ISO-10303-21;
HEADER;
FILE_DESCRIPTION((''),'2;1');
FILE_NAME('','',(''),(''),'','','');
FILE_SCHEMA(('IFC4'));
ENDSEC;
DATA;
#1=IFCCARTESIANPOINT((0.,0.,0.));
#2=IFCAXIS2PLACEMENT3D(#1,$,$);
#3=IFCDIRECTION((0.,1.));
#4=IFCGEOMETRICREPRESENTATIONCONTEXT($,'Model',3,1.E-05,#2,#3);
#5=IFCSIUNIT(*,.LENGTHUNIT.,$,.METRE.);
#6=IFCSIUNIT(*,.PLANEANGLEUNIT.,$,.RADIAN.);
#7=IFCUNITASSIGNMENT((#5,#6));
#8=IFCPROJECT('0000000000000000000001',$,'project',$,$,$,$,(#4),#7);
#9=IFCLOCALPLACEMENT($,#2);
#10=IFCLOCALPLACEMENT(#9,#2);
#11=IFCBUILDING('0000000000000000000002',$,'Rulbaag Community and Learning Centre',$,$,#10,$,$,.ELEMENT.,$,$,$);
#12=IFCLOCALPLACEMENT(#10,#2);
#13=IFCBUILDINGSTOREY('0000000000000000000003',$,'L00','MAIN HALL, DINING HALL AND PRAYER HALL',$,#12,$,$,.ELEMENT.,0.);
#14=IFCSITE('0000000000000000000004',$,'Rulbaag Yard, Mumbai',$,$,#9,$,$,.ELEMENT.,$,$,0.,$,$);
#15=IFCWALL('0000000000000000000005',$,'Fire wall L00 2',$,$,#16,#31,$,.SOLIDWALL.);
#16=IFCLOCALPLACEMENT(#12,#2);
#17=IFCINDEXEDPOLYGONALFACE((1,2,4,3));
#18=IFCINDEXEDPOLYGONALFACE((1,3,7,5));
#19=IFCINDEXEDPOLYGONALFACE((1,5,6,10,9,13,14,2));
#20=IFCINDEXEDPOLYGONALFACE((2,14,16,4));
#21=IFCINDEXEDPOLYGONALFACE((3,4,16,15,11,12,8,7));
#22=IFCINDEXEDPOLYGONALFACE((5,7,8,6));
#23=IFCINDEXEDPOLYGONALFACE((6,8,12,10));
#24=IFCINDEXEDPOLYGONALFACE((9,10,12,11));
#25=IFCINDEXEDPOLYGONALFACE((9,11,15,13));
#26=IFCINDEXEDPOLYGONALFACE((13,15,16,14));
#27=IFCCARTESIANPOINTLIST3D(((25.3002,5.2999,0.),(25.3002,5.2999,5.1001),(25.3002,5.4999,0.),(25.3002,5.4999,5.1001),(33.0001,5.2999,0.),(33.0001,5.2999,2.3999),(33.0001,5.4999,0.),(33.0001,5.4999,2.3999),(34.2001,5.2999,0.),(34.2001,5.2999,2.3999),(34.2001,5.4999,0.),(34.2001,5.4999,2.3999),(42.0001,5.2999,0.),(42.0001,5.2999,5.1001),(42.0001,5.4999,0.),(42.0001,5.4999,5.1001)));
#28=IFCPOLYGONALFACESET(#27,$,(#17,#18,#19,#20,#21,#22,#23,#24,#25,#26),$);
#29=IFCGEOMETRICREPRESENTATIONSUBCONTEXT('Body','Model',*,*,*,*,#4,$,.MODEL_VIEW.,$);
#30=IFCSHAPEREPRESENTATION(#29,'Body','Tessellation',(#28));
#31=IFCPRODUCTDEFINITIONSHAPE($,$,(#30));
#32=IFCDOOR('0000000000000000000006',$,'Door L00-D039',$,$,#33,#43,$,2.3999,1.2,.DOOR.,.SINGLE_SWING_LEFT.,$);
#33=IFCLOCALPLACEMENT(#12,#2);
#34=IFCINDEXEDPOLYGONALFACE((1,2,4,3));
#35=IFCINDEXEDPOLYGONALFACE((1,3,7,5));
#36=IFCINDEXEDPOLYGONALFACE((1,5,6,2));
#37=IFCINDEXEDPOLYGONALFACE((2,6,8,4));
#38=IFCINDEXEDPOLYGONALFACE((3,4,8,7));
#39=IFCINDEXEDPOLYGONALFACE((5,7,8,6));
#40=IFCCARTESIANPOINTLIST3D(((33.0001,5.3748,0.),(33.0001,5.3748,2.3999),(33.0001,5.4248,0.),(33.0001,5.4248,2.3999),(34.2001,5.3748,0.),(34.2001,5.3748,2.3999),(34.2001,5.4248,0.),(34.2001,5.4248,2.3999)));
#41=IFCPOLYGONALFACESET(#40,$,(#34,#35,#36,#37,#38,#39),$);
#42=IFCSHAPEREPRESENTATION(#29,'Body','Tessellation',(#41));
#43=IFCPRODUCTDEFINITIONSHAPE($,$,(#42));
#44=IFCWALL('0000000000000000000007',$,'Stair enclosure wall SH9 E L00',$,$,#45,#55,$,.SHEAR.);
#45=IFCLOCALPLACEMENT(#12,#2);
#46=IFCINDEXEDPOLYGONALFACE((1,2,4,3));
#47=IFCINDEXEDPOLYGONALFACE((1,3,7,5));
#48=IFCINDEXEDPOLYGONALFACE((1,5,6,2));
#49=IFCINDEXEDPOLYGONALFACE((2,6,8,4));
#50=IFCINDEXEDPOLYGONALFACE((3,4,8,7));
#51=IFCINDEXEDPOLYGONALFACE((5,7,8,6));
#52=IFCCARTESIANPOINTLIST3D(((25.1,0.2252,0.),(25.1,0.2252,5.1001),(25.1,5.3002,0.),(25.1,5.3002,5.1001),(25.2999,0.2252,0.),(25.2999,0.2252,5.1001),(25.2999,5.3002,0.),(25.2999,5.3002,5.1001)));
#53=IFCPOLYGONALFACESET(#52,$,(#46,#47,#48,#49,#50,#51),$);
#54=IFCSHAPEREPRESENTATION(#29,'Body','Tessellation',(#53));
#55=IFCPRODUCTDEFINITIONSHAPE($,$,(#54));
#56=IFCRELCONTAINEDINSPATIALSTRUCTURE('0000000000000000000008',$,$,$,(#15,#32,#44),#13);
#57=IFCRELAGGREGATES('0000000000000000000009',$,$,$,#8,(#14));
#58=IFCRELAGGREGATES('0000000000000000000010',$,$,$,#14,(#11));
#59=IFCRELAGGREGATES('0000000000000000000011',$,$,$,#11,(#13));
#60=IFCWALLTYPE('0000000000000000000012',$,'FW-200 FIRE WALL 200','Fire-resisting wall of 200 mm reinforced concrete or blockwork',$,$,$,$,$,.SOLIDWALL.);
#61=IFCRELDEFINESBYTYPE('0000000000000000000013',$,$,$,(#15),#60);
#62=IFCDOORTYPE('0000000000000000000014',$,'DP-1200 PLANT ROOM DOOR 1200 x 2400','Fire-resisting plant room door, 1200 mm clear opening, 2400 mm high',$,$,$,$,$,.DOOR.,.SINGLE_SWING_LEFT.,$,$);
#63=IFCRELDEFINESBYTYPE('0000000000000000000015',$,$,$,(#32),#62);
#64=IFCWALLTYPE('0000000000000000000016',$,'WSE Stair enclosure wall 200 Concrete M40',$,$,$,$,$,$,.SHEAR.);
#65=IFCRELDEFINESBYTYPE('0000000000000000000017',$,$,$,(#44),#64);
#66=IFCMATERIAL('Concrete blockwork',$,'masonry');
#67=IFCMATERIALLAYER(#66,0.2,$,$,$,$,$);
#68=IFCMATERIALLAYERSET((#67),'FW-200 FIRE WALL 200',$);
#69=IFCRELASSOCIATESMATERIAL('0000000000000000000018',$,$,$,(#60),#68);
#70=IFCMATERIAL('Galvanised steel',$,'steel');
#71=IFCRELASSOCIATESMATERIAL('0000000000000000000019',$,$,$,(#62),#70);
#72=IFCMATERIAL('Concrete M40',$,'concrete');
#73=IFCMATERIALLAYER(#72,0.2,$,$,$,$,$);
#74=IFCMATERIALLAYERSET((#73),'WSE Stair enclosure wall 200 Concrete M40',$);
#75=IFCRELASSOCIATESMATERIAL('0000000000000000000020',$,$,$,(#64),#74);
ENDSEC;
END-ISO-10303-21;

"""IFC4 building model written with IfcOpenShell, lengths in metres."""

from ifc_helpers import new_model, si_unit, direction, frame, frame_2d, origin, place, context, subcontext, project, spatial, rectangle, extrude, material, layer, layer_set, type_object, element, fill, save


model = new_model("IFC4")

# Units and contexts
model_context = context("Model", 3, precision=1e-05, world=origin(), true_north=direction((0.0, 1.0)))
body_context = subcontext(model_context, "Body", "Model", "MODEL_VIEW")
ifc_project = project(units=[si_unit("LENGTHUNIT", "METRE"), si_unit("PLANEANGLEUNIT", "RADIAN")], contexts=[model_context])

# Site, building, storey
site_placement = place(None, origin())
site = spatial("IfcSite", under=ifc_project, at=site_placement, Name="Rulbaag Yard, Mumbai", CompositionType="ELEMENT", RefElevation=0.0)
building_placement = place(site_placement, origin())
building = spatial("IfcBuilding", under=site, at=building_placement, Name="Rulbaag Community and Learning Centre", CompositionType="ELEMENT")
storey_placement = place(building_placement, origin())
storey = spatial("IfcBuildingStorey", under=building, at=storey_placement, Name="L00", Description="MAIN HALL, DINING HALL AND PRAYER HALL", CompositionType="ELEMENT", Elevation=0.0)

# Shared definitions
ifc_material_1 = material(Name="Concrete M40", Category="concrete")

# Wall, opening, door
ifc_material_2 = material(Name="Concrete blockwork", Category="masonry")
ifc_layer_1 = layer(ifc_material_2, 0.2)
ifc_layer_set_1 = layer_set([ifc_layer_1], Name="FW-200 FIRE WALL 200")
wall_type_1 = type_object("IfcWallType", Name="FW-200 FIRE WALL 200", Description="Fire-resisting wall of 200 mm reinforced concrete or blockwork", PredefinedType="SOLIDWALL", material=ifc_layer_set_1)
wall_1_placement = place(storey_placement, frame((25.3, 5.3999, 0.0), z_axis=(0.0, 0.0, 1.0), x_axis=(1.0, 0.0, 0.0)))
wall_1 = element("IfcWall", 1, at=wall_1_placement, inside=storey, type_object=wall_type_1, Name="Fire wall L00 2", PredefinedType="SOLIDWALL", context=body_context, shape_type="SweptSolid", body=[
    extrude(rectangle(XDim=16.7, YDim=0.2, at=frame_2d((8.3501, 0.0))), origin(), (0.0, 0.0, 1.0), 5.1001),
])
opening_placement = place(wall_1_placement, frame((7.7, 0.0, 0.0)))
opening = element("IfcOpeningElement", 2, at=opening_placement, cuts=wall_1, PredefinedType="OPENING", context=body_context, shape_type="SweptSolid", body=[
    extrude(rectangle(XDim=1.2, YDim=2.3999, at=frame_2d((0.6001, 1.2))), frame((0.0, 0.1099, 0.0), z_axis=(0.0, -1.0, 0.0), x_axis=(1.0, 0.0, 0.0)), (0.0, 0.0, 1.0), 0.22),
])
ifc_material_3 = material(Name="Galvanised steel", Category="steel")
door_type = type_object("IfcDoorType", Name="DP-1200 PLANT ROOM DOOR 1200 x 2400", Description="Fire-resisting plant room door, 1200 mm clear opening, 2400 mm high", OperationType="SINGLE_SWING_LEFT", PredefinedType="DOOR", material=ifc_material_3)
door_placement = place(opening_placement, origin())
door = element("IfcDoor", 3, at=door_placement, inside=storey, type_object=door_type, Name="Door L00-D039", OperationType="SINGLE_SWING_LEFT", OverallHeight=2.3999, OverallWidth=1.2, PredefinedType="DOOR", context=body_context, shape_type="SweptSolid", body=[
    extrude(rectangle(XDim=1.2, YDim=2.3999, at=frame_2d((0.6001, 1.2))), frame((0.0, 0.0249, 0.0), z_axis=(0.0, -1.0, 0.0), x_axis=(1.0, 0.0, 0.0)), (0.0, 0.0, 1.0), 0.05),
])
fill(opening, door)

# Wall
ifc_layer_2 = layer(ifc_material_1, 0.2)
ifc_layer_set_2 = layer_set([ifc_layer_2], Name="WSE Stair enclosure wall 200 Concrete M40")
wall_type_2 = type_object("IfcWallType", Name="WSE Stair enclosure wall 200 Concrete M40", PredefinedType="SHEAR", material=ifc_layer_set_2)
wall_2_placement = place(storey_placement, frame((25.2, 0.2251, 0.0), z_axis=(0.0, 0.0, 1.0), x_axis=(0.0, 1.0, 0.0)))
element("IfcWall", 4, at=wall_2_placement, inside=storey, type_object=wall_type_2, Name="Stair enclosure wall SH9 E L00", PredefinedType="SHEAR", context=body_context, shape_type="SweptSolid", body=[
    extrude(rectangle(XDim=5.075, YDim=0.2, at=frame_2d((2.5376, 0.0))), origin(), (0.0, 0.0, 1.0), 5.1001),
])

save(model, "model.ifc")
